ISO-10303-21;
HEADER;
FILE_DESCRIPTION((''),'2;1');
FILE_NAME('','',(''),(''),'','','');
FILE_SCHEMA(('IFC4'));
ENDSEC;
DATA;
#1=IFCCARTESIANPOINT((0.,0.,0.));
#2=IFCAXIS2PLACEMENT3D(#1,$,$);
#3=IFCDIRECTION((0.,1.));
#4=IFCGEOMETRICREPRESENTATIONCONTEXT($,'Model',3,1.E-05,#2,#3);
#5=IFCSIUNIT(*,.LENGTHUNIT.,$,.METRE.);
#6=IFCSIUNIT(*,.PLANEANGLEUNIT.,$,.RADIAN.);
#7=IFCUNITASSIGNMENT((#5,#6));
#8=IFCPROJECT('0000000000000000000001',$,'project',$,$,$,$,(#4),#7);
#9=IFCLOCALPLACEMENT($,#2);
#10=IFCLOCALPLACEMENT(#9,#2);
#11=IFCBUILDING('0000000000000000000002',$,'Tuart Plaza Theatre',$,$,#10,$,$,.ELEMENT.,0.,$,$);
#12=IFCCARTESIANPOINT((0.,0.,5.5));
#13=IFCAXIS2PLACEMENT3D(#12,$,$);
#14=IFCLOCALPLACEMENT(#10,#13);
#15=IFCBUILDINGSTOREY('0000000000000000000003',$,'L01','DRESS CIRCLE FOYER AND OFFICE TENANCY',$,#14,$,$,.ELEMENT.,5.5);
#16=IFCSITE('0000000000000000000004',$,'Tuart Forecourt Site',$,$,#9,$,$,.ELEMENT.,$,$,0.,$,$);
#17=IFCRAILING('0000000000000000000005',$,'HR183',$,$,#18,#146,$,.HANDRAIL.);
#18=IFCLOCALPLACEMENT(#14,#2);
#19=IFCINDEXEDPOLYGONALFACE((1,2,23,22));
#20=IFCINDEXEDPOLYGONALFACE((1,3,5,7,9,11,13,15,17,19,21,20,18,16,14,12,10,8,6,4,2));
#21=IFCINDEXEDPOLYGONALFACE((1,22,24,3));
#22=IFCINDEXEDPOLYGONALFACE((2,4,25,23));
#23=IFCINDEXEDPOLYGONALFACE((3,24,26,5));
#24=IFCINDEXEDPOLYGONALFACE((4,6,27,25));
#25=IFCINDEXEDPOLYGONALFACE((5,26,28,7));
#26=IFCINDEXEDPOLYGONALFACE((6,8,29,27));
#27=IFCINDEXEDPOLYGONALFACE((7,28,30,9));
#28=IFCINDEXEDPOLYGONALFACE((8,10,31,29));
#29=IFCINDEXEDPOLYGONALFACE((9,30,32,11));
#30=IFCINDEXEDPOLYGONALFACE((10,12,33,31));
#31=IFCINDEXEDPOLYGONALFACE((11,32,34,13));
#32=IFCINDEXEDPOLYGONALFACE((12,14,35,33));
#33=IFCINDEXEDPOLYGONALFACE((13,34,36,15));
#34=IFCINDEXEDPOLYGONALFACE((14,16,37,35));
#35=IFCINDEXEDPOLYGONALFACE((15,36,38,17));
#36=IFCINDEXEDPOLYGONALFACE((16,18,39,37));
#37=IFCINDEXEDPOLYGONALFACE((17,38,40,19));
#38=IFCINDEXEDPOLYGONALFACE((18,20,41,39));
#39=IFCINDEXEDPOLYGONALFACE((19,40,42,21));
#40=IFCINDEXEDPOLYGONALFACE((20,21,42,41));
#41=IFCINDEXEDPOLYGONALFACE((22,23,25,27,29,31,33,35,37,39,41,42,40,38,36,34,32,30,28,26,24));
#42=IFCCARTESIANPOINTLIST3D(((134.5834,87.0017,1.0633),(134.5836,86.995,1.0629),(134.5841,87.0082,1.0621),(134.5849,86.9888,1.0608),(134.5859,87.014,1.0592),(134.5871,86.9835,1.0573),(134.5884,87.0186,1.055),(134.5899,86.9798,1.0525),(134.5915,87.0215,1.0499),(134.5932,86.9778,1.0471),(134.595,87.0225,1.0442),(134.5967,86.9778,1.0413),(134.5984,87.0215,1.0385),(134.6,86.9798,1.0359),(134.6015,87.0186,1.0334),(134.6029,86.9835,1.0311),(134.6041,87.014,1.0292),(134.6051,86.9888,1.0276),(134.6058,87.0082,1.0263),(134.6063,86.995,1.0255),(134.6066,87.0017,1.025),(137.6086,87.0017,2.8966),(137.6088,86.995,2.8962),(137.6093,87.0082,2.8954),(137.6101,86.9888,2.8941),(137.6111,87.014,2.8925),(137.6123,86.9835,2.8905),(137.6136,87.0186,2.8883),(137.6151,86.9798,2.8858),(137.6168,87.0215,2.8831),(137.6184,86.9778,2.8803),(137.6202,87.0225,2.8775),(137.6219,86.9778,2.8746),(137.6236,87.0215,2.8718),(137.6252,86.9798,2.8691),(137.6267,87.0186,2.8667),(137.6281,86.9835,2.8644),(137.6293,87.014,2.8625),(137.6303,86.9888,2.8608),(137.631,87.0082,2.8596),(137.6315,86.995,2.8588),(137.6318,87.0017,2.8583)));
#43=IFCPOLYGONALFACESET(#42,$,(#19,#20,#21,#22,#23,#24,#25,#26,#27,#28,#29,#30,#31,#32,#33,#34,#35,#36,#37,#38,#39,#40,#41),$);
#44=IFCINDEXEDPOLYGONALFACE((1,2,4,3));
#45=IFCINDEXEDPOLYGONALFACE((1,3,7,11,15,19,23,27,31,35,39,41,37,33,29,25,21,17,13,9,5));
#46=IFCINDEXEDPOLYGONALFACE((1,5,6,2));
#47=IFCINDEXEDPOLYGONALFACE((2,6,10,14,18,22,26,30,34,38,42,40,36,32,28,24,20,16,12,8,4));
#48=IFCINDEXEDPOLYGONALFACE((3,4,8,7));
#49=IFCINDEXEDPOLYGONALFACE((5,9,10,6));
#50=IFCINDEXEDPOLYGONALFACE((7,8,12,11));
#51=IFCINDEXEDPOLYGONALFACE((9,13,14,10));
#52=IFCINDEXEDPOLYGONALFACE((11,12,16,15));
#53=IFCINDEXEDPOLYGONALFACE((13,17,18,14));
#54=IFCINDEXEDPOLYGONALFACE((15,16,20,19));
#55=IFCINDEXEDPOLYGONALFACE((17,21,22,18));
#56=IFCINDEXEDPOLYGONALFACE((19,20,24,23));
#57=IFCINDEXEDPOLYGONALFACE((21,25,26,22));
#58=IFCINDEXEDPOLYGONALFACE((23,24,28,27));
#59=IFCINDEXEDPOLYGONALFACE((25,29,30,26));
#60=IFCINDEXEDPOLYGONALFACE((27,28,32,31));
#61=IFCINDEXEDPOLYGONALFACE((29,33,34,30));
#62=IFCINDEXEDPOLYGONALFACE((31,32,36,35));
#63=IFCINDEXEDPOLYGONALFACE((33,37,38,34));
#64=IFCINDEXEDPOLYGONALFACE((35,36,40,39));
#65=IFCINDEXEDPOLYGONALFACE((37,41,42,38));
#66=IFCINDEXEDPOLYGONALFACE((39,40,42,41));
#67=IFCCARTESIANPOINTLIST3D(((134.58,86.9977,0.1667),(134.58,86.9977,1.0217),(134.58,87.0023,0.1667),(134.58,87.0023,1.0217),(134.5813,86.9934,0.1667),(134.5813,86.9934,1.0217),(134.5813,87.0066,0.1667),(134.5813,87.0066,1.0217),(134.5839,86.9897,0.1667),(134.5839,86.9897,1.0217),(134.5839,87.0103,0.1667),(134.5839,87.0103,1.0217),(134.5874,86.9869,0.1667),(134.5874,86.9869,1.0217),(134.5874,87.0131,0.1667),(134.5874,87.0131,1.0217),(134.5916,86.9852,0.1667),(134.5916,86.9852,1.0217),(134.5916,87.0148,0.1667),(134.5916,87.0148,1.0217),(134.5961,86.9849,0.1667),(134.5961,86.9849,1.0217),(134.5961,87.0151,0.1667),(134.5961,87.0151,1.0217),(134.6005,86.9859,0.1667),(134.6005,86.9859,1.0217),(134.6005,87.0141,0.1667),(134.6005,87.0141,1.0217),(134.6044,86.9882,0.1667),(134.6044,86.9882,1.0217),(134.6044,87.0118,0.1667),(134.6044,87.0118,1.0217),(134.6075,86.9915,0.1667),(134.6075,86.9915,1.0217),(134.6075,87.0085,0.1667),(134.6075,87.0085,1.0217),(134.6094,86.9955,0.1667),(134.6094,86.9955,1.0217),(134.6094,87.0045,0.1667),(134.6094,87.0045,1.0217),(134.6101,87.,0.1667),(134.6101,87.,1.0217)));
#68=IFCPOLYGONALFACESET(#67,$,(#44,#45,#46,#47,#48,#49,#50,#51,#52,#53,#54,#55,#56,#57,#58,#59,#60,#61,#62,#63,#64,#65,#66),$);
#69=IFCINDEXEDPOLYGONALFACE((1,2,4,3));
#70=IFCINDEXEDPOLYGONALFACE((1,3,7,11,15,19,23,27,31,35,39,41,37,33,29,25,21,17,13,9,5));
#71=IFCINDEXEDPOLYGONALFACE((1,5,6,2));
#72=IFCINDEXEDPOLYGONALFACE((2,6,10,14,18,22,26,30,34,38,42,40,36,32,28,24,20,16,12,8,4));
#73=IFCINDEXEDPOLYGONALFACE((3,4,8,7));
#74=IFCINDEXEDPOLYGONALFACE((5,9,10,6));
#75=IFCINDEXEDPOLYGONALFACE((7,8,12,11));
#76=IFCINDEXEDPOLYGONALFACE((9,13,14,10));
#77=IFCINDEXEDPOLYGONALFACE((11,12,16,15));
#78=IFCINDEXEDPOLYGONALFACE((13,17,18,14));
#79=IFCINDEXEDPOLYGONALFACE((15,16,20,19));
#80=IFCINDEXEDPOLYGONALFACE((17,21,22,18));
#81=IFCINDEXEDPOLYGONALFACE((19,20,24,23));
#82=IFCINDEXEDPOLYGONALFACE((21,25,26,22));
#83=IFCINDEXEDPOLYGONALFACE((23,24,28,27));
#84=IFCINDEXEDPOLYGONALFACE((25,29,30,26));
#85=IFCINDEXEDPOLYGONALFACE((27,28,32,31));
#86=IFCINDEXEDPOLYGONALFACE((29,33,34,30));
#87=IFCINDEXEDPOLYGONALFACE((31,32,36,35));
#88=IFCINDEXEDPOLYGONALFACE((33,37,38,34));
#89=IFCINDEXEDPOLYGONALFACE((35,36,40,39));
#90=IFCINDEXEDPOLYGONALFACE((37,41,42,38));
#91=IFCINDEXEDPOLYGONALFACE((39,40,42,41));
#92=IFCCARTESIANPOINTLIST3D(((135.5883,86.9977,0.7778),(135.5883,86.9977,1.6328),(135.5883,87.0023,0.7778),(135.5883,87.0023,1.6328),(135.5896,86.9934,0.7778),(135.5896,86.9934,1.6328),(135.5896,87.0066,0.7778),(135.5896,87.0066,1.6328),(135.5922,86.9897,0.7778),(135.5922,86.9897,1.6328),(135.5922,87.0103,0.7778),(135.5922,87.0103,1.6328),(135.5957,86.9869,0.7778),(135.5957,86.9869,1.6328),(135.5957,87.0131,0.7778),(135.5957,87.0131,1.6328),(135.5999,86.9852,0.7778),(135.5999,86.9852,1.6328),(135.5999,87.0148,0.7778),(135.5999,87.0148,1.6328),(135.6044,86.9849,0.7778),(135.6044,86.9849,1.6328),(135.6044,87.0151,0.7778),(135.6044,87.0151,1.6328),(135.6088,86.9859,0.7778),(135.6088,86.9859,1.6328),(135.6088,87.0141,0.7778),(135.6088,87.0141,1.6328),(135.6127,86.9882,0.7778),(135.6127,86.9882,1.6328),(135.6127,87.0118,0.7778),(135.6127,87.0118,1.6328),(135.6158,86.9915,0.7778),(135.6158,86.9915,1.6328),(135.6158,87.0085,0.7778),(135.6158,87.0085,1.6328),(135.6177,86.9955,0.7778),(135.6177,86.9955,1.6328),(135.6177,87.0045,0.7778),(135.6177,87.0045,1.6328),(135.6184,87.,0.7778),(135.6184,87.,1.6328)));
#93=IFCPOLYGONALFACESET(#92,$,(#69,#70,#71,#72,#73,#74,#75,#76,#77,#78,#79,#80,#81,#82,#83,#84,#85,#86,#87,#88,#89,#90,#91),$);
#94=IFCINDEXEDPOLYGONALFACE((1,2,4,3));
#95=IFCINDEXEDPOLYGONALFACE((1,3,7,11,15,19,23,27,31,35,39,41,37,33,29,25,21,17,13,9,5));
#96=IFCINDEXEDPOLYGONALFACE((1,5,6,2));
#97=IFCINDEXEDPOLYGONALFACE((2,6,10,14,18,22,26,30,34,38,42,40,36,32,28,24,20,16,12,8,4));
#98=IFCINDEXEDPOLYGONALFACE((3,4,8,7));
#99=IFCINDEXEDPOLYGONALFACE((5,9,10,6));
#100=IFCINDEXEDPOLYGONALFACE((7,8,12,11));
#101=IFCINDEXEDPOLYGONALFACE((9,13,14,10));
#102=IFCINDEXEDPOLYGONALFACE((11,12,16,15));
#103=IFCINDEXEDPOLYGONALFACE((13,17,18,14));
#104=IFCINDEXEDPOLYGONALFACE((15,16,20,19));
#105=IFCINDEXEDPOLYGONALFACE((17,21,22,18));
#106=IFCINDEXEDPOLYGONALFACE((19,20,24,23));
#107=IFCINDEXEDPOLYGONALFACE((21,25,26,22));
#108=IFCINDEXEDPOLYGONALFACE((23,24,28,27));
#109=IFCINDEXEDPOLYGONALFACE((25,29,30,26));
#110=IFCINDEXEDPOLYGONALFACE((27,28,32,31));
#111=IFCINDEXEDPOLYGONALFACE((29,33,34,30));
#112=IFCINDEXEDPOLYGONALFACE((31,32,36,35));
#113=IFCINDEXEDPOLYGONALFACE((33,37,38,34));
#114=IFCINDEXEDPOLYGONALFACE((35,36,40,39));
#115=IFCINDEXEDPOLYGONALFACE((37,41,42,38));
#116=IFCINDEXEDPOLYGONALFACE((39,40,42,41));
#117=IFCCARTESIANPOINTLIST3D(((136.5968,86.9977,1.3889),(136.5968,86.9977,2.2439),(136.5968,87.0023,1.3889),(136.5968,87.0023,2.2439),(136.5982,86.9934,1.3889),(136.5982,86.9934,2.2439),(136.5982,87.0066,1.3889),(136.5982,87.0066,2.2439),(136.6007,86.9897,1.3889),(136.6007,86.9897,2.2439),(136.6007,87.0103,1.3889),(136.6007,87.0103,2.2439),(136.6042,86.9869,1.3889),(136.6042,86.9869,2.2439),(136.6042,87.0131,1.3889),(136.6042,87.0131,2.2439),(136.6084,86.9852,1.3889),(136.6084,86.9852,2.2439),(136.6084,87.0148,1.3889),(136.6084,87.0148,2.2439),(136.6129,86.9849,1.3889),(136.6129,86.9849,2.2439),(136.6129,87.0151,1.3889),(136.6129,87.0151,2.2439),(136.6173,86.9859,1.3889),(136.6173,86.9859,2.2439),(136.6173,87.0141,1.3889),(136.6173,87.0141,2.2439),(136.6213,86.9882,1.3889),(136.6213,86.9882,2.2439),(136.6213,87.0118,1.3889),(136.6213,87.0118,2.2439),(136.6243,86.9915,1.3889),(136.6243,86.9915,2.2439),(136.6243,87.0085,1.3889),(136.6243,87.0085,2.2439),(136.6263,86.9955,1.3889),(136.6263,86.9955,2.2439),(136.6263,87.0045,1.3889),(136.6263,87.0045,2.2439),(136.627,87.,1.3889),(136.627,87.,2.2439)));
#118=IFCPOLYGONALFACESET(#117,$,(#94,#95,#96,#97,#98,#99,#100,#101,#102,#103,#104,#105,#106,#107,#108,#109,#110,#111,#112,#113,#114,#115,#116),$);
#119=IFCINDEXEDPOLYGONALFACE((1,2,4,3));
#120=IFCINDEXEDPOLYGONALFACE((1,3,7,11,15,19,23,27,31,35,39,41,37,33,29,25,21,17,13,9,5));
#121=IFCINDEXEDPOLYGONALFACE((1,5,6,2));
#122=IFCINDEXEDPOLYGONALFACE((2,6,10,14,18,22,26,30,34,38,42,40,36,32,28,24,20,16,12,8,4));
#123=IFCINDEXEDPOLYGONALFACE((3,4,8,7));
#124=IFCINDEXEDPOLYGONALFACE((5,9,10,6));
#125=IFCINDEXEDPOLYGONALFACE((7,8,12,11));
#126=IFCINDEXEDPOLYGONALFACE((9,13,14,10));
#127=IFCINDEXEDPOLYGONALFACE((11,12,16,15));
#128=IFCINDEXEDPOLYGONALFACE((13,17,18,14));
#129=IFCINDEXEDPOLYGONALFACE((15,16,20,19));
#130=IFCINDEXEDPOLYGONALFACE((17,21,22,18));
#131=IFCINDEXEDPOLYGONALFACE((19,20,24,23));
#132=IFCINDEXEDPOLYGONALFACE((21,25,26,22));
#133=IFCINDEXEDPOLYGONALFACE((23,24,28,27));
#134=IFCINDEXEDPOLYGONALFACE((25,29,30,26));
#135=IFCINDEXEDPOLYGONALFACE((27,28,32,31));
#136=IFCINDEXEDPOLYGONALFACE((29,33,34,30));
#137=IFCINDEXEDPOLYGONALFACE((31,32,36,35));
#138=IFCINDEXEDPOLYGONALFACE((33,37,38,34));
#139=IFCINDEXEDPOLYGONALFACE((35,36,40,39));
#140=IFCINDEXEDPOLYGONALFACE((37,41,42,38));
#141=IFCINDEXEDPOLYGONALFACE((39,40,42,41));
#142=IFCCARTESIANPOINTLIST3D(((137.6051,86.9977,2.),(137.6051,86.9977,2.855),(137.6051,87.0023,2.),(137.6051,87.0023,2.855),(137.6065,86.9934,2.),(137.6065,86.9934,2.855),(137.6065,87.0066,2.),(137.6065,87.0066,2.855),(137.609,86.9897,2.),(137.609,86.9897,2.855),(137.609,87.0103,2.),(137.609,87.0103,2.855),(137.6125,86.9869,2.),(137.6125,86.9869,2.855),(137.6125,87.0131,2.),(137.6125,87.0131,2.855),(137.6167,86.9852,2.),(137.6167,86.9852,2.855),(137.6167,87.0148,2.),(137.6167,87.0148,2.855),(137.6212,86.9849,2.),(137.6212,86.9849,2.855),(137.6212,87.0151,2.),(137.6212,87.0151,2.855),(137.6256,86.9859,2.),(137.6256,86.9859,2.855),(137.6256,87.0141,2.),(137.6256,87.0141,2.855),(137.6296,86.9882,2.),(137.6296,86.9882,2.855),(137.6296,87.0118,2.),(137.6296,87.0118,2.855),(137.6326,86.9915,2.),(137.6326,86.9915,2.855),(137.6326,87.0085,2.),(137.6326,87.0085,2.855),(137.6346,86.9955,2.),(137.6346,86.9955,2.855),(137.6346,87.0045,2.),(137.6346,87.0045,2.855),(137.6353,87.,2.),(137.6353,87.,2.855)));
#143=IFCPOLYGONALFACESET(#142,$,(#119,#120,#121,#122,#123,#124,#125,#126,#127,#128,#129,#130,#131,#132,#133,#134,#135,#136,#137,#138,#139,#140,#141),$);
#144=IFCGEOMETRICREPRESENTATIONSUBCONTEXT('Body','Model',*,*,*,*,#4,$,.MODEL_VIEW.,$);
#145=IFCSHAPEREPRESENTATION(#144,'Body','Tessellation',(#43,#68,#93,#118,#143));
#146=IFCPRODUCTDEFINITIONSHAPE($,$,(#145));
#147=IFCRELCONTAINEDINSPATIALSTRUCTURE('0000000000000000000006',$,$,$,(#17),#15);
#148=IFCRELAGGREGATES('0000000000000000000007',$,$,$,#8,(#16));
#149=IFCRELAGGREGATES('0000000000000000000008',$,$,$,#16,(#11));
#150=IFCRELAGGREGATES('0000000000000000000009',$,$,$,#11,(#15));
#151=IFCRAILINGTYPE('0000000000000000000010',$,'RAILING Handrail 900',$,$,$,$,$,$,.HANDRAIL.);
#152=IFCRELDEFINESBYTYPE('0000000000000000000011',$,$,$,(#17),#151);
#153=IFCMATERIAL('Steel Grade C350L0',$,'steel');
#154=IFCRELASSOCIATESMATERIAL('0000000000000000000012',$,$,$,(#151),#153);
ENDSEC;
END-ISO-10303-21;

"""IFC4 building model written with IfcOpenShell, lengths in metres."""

from ifc_helpers import new_model, si_unit, direction, frame, origin, origin_2d, place, context, subcontext, project, spatial, circle, extrude, material, type_object, element, save


model = new_model("IFC4")

# Units and contexts
model_context = context("Model", 3, precision=1e-05, world=origin(), true_north=direction((0.0, 1.0)))
body_context = subcontext(model_context, "Body", "Model", "MODEL_VIEW")
ifc_project = project(units=[si_unit("LENGTHUNIT", "METRE"), si_unit("PLANEANGLEUNIT", "RADIAN")], contexts=[model_context])

# Site, building, storey
site_placement = place(None, origin())
site = spatial("IfcSite", under=ifc_project, at=site_placement, Name="Tuart Forecourt Site", CompositionType="ELEMENT", RefElevation=0.0)
building_placement = place(site_placement, origin())
building = spatial("IfcBuilding", under=site, at=building_placement, Name="Tuart Plaza Theatre", CompositionType="ELEMENT", ElevationOfRefHeight=0.0)
storey_placement = place(building_placement, frame((0.0, 0.0, 5.5)))
storey = spatial("IfcBuildingStorey", under=building, at=storey_placement, Name="L01", Description="DRESS CIRCLE FOYER AND OFFICE TENANCY", CompositionType="ELEMENT", Elevation=5.5)

# Railing
ifc_material_1 = material(Name="Steel Grade C350L0", Category="steel")
railing_type_1 = type_object("IfcRailingType", Name="RAILING Handrail 900", PredefinedType="HANDRAIL", material=ifc_material_1)
for number, where, name in (
    (1, (134.595, 87.0, 0.1667), "HR183"),
):
    element("IfcRailing", number, at=place(storey_placement, frame(where)), inside=storey, type_object=railing_type_1, Name=name, PredefinedType="HANDRAIL", context=body_context, shape_type="SweptSolid", body=[
        extrude(circle(Radius=0.0225, at=origin_2d()), frame((0.0, 0.0, 0.8774), z_axis=(0.855219, 0.0, 0.518267), x_axis=(0.0, 1.0, 0.0)), (0.0, 0.0, 1.0), 3.5374),
        extrude(circle(Radius=0.0151, at=origin_2d()), origin(), (0.0, 0.0, 1.0), 0.855),
        extrude(circle(Radius=0.0151, at=origin_2d()), frame((1.0083, 0.0, 0.6111)), (0.0, 0.0, 1.0), 0.855),
        extrude(circle(Radius=0.0151, at=origin_2d()), frame((2.0168, 0.0, 1.2222)), (0.0, 0.0, 1.0), 0.855),
        extrude(circle(Radius=0.0151, at=origin_2d()), frame((3.0251, 0.0, 1.8333)), (0.0, 0.0, 1.0), 0.855),
    ])

save(model, "model.ifc")
